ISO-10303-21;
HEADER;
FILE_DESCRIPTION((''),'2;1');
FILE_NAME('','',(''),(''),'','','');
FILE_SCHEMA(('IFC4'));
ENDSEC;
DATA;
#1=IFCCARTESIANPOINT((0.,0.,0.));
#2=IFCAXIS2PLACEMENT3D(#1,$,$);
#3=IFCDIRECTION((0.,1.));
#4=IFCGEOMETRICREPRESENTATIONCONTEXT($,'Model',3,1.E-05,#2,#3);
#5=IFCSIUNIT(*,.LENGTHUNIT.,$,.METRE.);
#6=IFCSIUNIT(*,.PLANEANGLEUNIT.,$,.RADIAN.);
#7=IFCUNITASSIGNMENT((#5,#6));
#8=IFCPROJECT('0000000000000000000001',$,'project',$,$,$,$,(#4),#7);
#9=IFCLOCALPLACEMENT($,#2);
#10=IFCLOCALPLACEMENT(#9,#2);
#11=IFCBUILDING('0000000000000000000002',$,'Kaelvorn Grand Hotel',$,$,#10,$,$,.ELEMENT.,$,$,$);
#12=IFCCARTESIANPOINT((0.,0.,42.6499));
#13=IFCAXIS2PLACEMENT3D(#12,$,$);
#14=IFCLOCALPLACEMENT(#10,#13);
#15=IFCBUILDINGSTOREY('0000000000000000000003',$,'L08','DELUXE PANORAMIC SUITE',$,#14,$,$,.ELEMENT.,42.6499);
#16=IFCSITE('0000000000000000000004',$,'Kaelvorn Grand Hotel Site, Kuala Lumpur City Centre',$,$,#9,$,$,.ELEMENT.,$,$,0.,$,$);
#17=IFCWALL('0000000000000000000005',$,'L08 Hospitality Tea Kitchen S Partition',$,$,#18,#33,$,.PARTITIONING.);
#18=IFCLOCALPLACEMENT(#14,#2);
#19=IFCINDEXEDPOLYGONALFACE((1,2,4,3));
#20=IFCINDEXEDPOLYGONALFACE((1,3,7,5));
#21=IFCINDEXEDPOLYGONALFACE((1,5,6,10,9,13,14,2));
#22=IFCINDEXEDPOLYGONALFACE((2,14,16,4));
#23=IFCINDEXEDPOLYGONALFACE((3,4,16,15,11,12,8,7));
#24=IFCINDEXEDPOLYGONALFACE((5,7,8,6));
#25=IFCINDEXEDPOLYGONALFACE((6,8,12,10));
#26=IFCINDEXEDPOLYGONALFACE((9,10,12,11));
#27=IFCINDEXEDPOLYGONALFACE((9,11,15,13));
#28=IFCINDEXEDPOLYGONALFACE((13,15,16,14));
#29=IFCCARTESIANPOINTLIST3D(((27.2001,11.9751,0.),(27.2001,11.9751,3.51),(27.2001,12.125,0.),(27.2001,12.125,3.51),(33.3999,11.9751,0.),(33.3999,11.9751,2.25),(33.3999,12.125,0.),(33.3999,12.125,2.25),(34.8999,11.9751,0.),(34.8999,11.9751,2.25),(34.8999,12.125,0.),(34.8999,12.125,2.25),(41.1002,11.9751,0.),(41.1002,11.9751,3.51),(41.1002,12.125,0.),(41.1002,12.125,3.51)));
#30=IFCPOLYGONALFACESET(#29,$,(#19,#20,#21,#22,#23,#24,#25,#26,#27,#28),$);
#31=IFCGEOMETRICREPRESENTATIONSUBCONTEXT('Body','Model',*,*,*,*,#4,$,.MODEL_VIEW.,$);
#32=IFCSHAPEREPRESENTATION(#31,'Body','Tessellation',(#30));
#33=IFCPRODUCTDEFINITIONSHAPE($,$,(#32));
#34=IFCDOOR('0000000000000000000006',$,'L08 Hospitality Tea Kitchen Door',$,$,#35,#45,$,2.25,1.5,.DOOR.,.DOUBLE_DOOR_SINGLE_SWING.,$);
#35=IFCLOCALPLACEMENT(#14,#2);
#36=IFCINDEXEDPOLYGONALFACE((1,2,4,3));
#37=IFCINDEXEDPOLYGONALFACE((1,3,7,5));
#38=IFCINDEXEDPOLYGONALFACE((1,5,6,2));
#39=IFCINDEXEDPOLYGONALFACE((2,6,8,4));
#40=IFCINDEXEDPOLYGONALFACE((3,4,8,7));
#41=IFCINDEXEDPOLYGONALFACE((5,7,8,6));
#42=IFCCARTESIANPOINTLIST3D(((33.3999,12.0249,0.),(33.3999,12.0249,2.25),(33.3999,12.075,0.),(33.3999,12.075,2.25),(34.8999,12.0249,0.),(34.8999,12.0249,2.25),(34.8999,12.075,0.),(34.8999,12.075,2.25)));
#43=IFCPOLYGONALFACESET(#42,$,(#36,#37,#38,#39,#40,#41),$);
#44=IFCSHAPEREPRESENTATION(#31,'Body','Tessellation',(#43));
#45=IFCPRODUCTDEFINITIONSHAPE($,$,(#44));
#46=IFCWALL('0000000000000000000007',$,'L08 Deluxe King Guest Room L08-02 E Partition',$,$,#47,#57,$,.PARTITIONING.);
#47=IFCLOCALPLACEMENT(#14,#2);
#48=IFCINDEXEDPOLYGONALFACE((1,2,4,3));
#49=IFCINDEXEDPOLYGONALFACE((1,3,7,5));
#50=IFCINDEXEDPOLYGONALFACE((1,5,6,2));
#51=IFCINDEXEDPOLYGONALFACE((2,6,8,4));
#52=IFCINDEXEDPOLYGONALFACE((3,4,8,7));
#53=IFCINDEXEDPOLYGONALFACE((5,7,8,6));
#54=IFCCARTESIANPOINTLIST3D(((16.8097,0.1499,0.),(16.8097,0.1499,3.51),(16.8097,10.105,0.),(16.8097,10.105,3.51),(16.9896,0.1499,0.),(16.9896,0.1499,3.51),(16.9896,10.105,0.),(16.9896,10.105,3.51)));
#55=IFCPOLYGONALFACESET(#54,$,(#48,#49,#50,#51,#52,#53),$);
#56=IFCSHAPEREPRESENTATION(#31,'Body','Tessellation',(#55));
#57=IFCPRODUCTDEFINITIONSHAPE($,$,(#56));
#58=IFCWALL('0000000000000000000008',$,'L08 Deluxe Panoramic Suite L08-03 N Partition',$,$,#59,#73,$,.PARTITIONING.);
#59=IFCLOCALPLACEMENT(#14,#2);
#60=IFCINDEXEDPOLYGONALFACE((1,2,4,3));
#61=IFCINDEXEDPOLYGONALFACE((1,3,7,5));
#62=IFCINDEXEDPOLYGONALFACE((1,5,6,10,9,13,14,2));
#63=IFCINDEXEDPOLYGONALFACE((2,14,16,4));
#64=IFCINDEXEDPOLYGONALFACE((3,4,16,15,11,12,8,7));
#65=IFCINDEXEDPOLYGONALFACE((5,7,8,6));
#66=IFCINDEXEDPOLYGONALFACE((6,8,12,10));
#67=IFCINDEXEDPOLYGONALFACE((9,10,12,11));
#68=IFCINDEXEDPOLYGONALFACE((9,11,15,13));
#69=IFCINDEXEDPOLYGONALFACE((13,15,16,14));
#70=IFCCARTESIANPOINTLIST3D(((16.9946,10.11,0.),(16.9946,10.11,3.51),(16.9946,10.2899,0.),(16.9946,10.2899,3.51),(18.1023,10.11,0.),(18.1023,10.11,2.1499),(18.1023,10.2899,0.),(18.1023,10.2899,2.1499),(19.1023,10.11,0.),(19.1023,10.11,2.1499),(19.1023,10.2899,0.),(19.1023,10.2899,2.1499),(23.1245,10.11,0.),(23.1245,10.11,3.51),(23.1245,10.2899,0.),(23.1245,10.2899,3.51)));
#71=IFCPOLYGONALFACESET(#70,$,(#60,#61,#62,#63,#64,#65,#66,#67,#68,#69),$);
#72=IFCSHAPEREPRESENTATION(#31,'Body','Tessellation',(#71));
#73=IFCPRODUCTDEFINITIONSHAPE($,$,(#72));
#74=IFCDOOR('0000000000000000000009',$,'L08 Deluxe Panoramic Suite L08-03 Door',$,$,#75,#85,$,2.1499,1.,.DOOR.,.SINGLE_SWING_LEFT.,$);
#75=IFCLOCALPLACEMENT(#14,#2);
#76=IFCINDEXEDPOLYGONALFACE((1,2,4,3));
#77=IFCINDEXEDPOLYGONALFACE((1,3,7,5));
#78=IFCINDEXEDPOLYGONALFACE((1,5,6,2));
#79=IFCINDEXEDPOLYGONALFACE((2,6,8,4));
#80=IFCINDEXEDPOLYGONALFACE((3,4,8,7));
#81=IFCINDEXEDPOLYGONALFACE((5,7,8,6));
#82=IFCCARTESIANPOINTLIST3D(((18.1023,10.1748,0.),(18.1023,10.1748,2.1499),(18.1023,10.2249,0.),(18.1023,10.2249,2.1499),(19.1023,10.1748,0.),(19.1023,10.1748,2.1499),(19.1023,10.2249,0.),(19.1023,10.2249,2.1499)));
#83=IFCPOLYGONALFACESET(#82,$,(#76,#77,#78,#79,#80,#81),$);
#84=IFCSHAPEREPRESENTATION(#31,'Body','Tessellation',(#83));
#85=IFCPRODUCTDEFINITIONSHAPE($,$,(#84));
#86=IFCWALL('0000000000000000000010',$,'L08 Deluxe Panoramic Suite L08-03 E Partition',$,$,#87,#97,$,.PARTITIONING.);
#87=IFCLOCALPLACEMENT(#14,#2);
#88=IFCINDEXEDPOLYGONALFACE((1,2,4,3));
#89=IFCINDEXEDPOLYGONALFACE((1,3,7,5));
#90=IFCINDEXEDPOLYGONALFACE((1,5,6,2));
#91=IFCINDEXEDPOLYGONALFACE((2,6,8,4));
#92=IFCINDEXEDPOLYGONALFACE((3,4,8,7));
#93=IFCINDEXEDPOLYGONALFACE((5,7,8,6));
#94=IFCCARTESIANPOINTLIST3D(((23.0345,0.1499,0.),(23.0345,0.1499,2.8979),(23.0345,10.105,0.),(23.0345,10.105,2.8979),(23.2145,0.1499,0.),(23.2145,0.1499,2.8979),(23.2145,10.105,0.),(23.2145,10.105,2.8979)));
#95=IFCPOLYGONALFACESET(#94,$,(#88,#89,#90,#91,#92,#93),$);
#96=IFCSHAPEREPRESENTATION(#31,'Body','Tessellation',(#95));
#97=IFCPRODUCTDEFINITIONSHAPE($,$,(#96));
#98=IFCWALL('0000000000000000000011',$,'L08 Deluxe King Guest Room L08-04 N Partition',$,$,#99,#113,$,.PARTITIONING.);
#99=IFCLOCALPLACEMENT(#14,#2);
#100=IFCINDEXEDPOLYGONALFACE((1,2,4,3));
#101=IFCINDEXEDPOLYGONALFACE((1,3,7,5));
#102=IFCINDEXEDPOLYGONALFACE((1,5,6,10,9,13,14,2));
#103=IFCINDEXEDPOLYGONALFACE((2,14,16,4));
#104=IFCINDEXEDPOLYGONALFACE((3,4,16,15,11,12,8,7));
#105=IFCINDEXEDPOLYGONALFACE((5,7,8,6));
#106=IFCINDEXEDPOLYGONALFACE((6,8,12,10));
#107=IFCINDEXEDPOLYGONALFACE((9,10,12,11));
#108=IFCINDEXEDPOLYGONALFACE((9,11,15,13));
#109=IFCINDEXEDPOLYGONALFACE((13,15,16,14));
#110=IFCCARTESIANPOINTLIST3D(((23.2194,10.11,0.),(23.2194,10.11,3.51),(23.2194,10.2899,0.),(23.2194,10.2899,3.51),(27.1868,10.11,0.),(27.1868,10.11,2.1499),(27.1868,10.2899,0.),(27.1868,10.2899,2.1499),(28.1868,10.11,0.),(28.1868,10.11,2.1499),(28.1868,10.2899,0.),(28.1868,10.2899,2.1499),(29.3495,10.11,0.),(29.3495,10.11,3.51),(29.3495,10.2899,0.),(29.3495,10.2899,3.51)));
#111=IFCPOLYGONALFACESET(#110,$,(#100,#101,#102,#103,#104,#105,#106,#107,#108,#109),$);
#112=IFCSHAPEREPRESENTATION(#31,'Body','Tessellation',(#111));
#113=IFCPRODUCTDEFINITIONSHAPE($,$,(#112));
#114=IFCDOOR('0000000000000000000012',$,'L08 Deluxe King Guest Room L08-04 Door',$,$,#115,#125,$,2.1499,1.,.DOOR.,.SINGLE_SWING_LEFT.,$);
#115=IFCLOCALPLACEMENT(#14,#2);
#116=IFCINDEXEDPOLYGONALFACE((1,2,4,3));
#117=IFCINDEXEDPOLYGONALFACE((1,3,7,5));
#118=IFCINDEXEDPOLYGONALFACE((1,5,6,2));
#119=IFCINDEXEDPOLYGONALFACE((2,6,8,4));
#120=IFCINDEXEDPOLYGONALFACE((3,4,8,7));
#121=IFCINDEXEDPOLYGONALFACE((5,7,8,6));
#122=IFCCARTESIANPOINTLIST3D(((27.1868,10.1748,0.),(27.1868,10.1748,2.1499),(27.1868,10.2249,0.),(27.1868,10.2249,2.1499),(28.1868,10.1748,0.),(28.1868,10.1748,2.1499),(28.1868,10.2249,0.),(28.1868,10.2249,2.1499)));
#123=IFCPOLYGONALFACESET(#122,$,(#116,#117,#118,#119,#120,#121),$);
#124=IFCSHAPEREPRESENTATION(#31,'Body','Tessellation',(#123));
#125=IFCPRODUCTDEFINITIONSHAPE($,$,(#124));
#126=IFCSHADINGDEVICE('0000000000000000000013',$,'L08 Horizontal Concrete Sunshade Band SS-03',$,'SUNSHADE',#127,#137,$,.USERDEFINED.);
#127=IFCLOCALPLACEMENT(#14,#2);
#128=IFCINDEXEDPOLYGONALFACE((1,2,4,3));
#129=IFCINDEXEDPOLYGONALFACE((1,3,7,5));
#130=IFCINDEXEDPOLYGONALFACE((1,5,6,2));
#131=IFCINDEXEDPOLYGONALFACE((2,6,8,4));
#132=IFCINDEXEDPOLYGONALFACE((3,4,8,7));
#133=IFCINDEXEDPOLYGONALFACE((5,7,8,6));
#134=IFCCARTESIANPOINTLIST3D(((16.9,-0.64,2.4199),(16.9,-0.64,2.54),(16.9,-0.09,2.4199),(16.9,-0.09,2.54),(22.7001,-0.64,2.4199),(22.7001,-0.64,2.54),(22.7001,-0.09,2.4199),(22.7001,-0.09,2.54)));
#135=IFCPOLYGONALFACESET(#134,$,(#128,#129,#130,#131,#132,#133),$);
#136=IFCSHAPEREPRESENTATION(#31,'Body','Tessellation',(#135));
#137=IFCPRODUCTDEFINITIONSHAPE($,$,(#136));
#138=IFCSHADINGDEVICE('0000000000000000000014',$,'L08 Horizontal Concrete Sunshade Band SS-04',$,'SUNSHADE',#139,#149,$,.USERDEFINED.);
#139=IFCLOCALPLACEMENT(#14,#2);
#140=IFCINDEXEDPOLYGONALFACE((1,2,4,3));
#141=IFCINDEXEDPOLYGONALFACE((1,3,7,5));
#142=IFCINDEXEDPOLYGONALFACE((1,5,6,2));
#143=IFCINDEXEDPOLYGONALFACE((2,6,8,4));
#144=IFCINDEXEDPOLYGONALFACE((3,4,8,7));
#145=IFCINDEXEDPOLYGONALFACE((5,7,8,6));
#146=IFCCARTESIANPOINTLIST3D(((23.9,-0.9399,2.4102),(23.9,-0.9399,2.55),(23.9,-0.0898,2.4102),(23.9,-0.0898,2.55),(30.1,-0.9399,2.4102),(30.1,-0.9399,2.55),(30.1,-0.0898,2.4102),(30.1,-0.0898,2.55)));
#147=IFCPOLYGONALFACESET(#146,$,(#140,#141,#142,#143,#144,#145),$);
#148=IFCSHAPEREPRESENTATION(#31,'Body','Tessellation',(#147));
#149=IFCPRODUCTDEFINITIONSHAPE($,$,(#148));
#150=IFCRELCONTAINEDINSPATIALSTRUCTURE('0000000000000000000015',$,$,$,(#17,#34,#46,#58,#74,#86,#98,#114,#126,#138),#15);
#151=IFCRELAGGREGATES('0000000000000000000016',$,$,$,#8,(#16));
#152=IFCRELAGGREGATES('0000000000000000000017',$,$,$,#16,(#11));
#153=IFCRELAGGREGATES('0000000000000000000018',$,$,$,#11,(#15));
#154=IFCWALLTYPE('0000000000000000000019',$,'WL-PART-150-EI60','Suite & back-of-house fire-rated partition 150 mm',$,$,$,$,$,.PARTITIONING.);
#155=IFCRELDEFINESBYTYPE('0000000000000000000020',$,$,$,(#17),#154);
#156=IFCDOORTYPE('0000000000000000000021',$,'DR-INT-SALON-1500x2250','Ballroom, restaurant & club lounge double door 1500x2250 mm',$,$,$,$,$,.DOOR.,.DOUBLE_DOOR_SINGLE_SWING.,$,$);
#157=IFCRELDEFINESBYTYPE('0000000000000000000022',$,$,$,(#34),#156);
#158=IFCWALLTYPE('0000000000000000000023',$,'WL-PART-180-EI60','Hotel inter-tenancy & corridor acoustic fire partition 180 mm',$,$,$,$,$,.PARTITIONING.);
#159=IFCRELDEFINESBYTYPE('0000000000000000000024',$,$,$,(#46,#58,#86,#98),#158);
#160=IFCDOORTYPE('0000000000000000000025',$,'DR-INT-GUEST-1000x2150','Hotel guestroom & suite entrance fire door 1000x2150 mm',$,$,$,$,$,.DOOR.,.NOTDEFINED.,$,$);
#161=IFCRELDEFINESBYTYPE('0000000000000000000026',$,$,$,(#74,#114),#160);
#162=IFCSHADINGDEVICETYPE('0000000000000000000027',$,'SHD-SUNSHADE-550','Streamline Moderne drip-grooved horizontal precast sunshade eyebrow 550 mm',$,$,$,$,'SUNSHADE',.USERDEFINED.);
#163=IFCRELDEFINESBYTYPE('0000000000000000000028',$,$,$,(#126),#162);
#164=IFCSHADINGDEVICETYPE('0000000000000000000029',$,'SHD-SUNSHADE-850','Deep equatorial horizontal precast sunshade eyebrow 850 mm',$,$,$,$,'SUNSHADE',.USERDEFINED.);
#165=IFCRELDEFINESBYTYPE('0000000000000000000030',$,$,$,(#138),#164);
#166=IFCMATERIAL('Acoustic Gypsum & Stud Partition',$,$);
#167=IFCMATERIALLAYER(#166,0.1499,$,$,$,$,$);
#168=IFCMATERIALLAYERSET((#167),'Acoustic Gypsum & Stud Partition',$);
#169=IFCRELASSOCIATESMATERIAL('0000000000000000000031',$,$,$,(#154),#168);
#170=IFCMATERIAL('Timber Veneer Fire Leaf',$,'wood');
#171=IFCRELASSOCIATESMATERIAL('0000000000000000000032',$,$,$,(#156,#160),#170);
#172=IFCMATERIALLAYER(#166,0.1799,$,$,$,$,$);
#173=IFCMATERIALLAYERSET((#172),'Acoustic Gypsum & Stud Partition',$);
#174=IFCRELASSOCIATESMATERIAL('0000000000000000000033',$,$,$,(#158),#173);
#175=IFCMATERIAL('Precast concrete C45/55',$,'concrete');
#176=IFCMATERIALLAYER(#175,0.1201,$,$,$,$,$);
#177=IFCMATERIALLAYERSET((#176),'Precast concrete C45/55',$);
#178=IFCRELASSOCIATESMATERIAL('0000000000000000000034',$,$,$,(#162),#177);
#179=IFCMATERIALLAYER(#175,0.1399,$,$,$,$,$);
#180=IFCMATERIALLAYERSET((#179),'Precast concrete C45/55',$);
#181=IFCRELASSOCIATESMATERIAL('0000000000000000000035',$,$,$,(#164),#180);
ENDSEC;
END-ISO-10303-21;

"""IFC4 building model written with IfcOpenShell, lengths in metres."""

from ifc_helpers import new_model, si_unit, direction, frame, frame_2d, origin, origin_2d, place, context, subcontext, project, spatial, rectangle, extrude, material, layer, layer_set, type_object, element, fill, save


model = new_model("IFC4")

# Units and contexts
model_context = context("Model", 3, precision=1e-05, world=origin(), true_north=direction((0.0, 1.0)))
body_context = subcontext(model_context, "Body", "Model", "MODEL_VIEW")
ifc_project = project(units=[si_unit("LENGTHUNIT", "METRE"), si_unit("PLANEANGLEUNIT", "RADIAN")], contexts=[model_context])

# Site, building, storey
site_placement = place(None, origin())
site = spatial("IfcSite", under=ifc_project, at=site_placement, Name="Kaelvorn Grand Hotel Site, Kuala Lumpur City Centre", CompositionType="ELEMENT", RefElevation=0.0)
building_placement = place(site_placement, origin())
building = spatial("IfcBuilding", under=site, at=building_placement, Name="Kaelvorn Grand Hotel", CompositionType="ELEMENT")
storey_placement = place(building_placement, frame((0.0, 0.0, 42.6499)))
storey = spatial("IfcBuildingStorey", under=building, at=storey_placement, Name="L08", Description="DELUXE PANORAMIC SUITE", CompositionType="ELEMENT", Elevation=42.6499)

# Shared definitions
ifc_material_1 = material(Name="Acoustic Gypsum & Stud Partition")
ifc_layer_1 = layer(ifc_material_1, 0.1499)
ifc_layer_set_1 = layer_set([ifc_layer_1], Name="Acoustic Gypsum & Stud Partition")
wall_type_1 = type_object("IfcWallType", Name="WL-PART-150-EI60", Description="Suite & back-of-house fire-rated partition 150 mm", PredefinedType="PARTITIONING", material=ifc_layer_set_1)

# Wall, opening, door
wall_1_placement = place(storey_placement, frame((27.2, 12.05, 0.0), z_axis=(0.0, 0.0, 1.0), x_axis=(1.0, 0.0, 0.0)))
wall_1 = element("IfcWall", 1, at=wall_1_placement, inside=storey, type_object=wall_type_1, Name="L08 Hospitality Tea Kitchen S Partition", PredefinedType="PARTITIONING", context=body_context, shape_type="SweptSolid", body=[
    extrude(rectangle(XDim=13.9001, YDim=0.1499, at=frame_2d((6.9502, 0.0))), origin(), (0.0, 0.0, 1.0), 3.51),
])
opening_1_placement = place(wall_1_placement, frame((6.2, 0.0, 0.0)))
opening_1 = element("IfcOpeningElement", 2, at=opening_1_placement, cuts=wall_1, PredefinedType="OPENING", context=body_context, shape_type="SweptSolid", body=[
    extrude(rectangle(XDim=1.5, YDim=2.25, at=frame_2d((0.75, 1.125))), frame((0.0, 0.085, 0.0), z_axis=(0.0, -1.0, 0.0), x_axis=(1.0, 0.0, 0.0)), (0.0, 0.0, 1.0), 0.1699),
])
ifc_material_2 = material(Name="Timber Veneer Fire Leaf", Category="wood")
door_type_1 = type_object("IfcDoorType", Name="DR-INT-SALON-1500x2250", Description="Ballroom, restaurant & club lounge double door 1500x2250 mm", OperationType="DOUBLE_DOOR_SINGLE_SWING", PredefinedType="DOOR", material=ifc_material_2)
door_1_placement = place(opening_1_placement, origin())
door_1 = element("IfcDoor", 3, at=door_1_placement, inside=storey, type_object=door_type_1, Name="L08 Hospitality Tea Kitchen Door", OperationType="DOUBLE_DOOR_SINGLE_SWING", OverallHeight=2.25, OverallWidth=1.5, PredefinedType="DOOR", context=body_context, shape_type="SweptSolid", body=[
    extrude(rectangle(XDim=1.5, YDim=2.25, at=frame_2d((0.75, 1.125))), frame((0.0, 0.0249, 0.0), z_axis=(0.0, -1.0, 0.0), x_axis=(1.0, 0.0, 0.0)), (0.0, 0.0, 1.0), 0.05),
])
fill(opening_1, door_1)

# Wall
ifc_layer_2 = layer(ifc_material_1, 0.1799)
ifc_layer_set_2 = layer_set([ifc_layer_2], Name="Acoustic Gypsum & Stud Partition")
wall_type_2 = type_object("IfcWallType", Name="WL-PART-180-EI60", Description="Hotel inter-tenancy & corridor acoustic fire partition 180 mm", PredefinedType="PARTITIONING", material=ifc_layer_set_2)
wall_2_placement = place(storey_placement, frame((16.8997, 0.1499, 0.0), z_axis=(0.0, 0.0, 1.0), x_axis=(0.0, 1.0, 0.0)))
element("IfcWall", 4, at=wall_2_placement, inside=storey, type_object=wall_type_2, Name="L08 Deluxe King Guest Room L08-02 E Partition", PredefinedType="PARTITIONING", context=body_context, shape_type="SweptSolid", body=[
    extrude(rectangle(XDim=9.9551, YDim=0.1799, at=frame_2d((4.9775, 0.0))), origin(), (0.0, 0.0, 1.0), 3.51),
])

# Wall, opening, door
wall_3_placement = place(storey_placement, frame((16.9946, 10.2, 0.0), z_axis=(0.0, 0.0, 1.0), x_axis=(1.0, 0.0, 0.0)))
wall_3 = element("IfcWall", 5, at=wall_3_placement, inside=storey, type_object=wall_type_2, Name="L08 Deluxe Panoramic Suite L08-03 N Partition", PredefinedType="PARTITIONING", context=body_context, shape_type="SweptSolid", body=[
    extrude(rectangle(XDim=6.1299, YDim=0.1799, at=frame_2d((3.0649, 0.0))), origin(), (0.0, 0.0, 1.0), 3.51),
])
opening_2_placement = place(wall_3_placement, frame((1.1077, 0.0, 0.0)))
opening_2 = element("IfcOpeningElement", 6, at=opening_2_placement, cuts=wall_3, PredefinedType="OPENING", context=body_context, shape_type="SweptSolid", body=[
    extrude(rectangle(XDim=1.0, YDim=2.1499, at=frame_2d((0.5, 1.075))), frame((0.0, 0.1001, 0.0), z_axis=(0.0, -1.0, 0.0), x_axis=(1.0, 0.0, 0.0)), (0.0, 0.0, 1.0), 0.2),
])
door_type_2 = type_object("IfcDoorType", Name="DR-INT-GUEST-1000x2150", Description="Hotel guestroom & suite entrance fire door 1000x2150 mm", OperationType="NOTDEFINED", PredefinedType="DOOR", material=ifc_material_2)
door_2_placement = place(opening_2_placement, origin())
door_2 = element("IfcDoor", 7, at=door_2_placement, inside=storey, type_object=door_type_2, Name="L08 Deluxe Panoramic Suite L08-03 Door", OperationType="SINGLE_SWING_LEFT", OverallHeight=2.1499, OverallWidth=1.0, PredefinedType="DOOR", context=body_context, shape_type="SweptSolid", body=[
    extrude(rectangle(XDim=1.0, YDim=2.1499, at=frame_2d((0.5, 1.075))), frame((0.0, 0.0249, 0.0), z_axis=(0.0, -1.0, 0.0), x_axis=(1.0, 0.0, 0.0)), (0.0, 0.0, 1.0), 0.05),
])
fill(opening_2, door_2)

# Wall
wall_4_placement = place(storey_placement, frame((23.1245, 0.1499, 0.0), z_axis=(0.0, 0.0, 1.0), x_axis=(0.0, 1.0, 0.0)))
element("IfcWall", 8, at=wall_4_placement, inside=storey, type_object=wall_type_2, Name="L08 Deluxe Panoramic Suite L08-03 E Partition", PredefinedType="PARTITIONING", context=body_context, shape_type="SweptSolid", body=[
    extrude(rectangle(XDim=9.9551, YDim=0.1799, at=frame_2d((4.9775, 0.0))), origin(), (0.0, 0.0, 1.0), 2.8979),
])

# Wall, opening, door
wall_5_placement = place(storey_placement, frame((23.2195, 10.2, 0.0), z_axis=(0.0, 0.0, 1.0), x_axis=(1.0, 0.0, 0.0)))
wall_5 = element("IfcWall", 9, at=wall_5_placement, inside=storey, type_object=wall_type_2, Name="L08 Deluxe King Guest Room L08-04 N Partition", PredefinedType="PARTITIONING", context=body_context, shape_type="SweptSolid", body=[
    extrude(rectangle(XDim=6.1301, YDim=0.1799, at=frame_2d((3.0649, 0.0))), origin(), (0.0, 0.0, 1.0), 3.51),
])
opening_3_placement = place(wall_5_placement, frame((3.9673, 0.0, 0.0)))
opening_3 = element("IfcOpeningElement", 10, at=opening_3_placement, cuts=wall_5, PredefinedType="OPENING", context=body_context, shape_type="SweptSolid", body=[
    extrude(rectangle(XDim=1.0, YDim=2.1499, at=frame_2d((0.5, 1.075))), frame((0.0, 0.1001, 0.0), z_axis=(0.0, -1.0, 0.0), x_axis=(1.0, 0.0, 0.0)), (0.0, 0.0, 1.0), 0.2),
])
door_3_placement = place(opening_3_placement, origin())
door_3 = element("IfcDoor", 11, at=door_3_placement, inside=storey, type_object=door_type_2, Name="L08 Deluxe King Guest Room L08-04 Door", OperationType="SINGLE_SWING_LEFT", OverallHeight=2.1499, OverallWidth=1.0, PredefinedType="DOOR", context=body_context, shape_type="SweptSolid", body=[
    extrude(rectangle(XDim=1.0, YDim=2.1499, at=frame_2d((0.5, 1.075))), frame((0.0, 0.0249, 0.0), z_axis=(0.0, -1.0, 0.0), x_axis=(1.0, 0.0, 0.0)), (0.0, 0.0, 1.0), 0.05),
])
fill(opening_3, door_3)

# Shading devices
ifc_material_3 = material(Name="Precast concrete C45/55", Category="concrete")
ifc_layer_3 = layer(ifc_material_3, 0.1201)
ifc_layer_set_3 = layer_set([ifc_layer_3], Name="Precast concrete C45/55")
shading_device_type_1 = type_object("IfcShadingDeviceType", Name="SHD-SUNSHADE-550", Description="Streamline Moderne drip-grooved horizontal precast sunshade eyebrow 550 mm", ElementType="SUNSHADE", PredefinedType="USERDEFINED", material=ifc_layer_set_3)
shading_device_1_placement = place(storey_placement, frame((19.8, -0.365, 2.4199), z_axis=(0.0, 0.0, 1.0), x_axis=(1.0, 0.0, 0.0)))
element("IfcShadingDevice", 12, at=shading_device_1_placement, inside=storey, type_object=shading_device_type_1, Name="L08 Horizontal Concrete Sunshade Band SS-03", ObjectType="SUNSHADE", PredefinedType="USERDEFINED", context=body_context, shape_type="SweptSolid", body=[
    extrude(rectangle(XDim=5.8, YDim=0.55, at=origin_2d()), origin(), (0.0, 0.0, 1.0), 0.1201),
])
ifc_layer_4 = layer(ifc_material_3, 0.1399)
ifc_layer_set_4 = layer_set([ifc_layer_4], Name="Precast concrete C45/55")
shading_device_type_2 = type_object("IfcShadingDeviceType", Name="SHD-SUNSHADE-850", Description="Deep equatorial horizontal precast sunshade eyebrow 850 mm", ElementType="SUNSHADE", PredefinedType="USERDEFINED", material=ifc_layer_set_4)
shading_device_2_placement = place(storey_placement, frame((27.0, -0.5149, 2.4102), z_axis=(0.0, 0.0, 1.0), x_axis=(1.0, 0.0, 0.0)))
element("IfcShadingDevice", 13, at=shading_device_2_placement, inside=storey, type_object=shading_device_type_2, Name="L08 Horizontal Concrete Sunshade Band SS-04", ObjectType="SUNSHADE", PredefinedType="USERDEFINED", context=body_context, shape_type="SweptSolid", body=[
    extrude(rectangle(XDim=6.2, YDim=0.8501, at=origin_2d()), origin(), (0.0, 0.0, 1.0), 0.1399),
])

save(model, "model.ifc")
